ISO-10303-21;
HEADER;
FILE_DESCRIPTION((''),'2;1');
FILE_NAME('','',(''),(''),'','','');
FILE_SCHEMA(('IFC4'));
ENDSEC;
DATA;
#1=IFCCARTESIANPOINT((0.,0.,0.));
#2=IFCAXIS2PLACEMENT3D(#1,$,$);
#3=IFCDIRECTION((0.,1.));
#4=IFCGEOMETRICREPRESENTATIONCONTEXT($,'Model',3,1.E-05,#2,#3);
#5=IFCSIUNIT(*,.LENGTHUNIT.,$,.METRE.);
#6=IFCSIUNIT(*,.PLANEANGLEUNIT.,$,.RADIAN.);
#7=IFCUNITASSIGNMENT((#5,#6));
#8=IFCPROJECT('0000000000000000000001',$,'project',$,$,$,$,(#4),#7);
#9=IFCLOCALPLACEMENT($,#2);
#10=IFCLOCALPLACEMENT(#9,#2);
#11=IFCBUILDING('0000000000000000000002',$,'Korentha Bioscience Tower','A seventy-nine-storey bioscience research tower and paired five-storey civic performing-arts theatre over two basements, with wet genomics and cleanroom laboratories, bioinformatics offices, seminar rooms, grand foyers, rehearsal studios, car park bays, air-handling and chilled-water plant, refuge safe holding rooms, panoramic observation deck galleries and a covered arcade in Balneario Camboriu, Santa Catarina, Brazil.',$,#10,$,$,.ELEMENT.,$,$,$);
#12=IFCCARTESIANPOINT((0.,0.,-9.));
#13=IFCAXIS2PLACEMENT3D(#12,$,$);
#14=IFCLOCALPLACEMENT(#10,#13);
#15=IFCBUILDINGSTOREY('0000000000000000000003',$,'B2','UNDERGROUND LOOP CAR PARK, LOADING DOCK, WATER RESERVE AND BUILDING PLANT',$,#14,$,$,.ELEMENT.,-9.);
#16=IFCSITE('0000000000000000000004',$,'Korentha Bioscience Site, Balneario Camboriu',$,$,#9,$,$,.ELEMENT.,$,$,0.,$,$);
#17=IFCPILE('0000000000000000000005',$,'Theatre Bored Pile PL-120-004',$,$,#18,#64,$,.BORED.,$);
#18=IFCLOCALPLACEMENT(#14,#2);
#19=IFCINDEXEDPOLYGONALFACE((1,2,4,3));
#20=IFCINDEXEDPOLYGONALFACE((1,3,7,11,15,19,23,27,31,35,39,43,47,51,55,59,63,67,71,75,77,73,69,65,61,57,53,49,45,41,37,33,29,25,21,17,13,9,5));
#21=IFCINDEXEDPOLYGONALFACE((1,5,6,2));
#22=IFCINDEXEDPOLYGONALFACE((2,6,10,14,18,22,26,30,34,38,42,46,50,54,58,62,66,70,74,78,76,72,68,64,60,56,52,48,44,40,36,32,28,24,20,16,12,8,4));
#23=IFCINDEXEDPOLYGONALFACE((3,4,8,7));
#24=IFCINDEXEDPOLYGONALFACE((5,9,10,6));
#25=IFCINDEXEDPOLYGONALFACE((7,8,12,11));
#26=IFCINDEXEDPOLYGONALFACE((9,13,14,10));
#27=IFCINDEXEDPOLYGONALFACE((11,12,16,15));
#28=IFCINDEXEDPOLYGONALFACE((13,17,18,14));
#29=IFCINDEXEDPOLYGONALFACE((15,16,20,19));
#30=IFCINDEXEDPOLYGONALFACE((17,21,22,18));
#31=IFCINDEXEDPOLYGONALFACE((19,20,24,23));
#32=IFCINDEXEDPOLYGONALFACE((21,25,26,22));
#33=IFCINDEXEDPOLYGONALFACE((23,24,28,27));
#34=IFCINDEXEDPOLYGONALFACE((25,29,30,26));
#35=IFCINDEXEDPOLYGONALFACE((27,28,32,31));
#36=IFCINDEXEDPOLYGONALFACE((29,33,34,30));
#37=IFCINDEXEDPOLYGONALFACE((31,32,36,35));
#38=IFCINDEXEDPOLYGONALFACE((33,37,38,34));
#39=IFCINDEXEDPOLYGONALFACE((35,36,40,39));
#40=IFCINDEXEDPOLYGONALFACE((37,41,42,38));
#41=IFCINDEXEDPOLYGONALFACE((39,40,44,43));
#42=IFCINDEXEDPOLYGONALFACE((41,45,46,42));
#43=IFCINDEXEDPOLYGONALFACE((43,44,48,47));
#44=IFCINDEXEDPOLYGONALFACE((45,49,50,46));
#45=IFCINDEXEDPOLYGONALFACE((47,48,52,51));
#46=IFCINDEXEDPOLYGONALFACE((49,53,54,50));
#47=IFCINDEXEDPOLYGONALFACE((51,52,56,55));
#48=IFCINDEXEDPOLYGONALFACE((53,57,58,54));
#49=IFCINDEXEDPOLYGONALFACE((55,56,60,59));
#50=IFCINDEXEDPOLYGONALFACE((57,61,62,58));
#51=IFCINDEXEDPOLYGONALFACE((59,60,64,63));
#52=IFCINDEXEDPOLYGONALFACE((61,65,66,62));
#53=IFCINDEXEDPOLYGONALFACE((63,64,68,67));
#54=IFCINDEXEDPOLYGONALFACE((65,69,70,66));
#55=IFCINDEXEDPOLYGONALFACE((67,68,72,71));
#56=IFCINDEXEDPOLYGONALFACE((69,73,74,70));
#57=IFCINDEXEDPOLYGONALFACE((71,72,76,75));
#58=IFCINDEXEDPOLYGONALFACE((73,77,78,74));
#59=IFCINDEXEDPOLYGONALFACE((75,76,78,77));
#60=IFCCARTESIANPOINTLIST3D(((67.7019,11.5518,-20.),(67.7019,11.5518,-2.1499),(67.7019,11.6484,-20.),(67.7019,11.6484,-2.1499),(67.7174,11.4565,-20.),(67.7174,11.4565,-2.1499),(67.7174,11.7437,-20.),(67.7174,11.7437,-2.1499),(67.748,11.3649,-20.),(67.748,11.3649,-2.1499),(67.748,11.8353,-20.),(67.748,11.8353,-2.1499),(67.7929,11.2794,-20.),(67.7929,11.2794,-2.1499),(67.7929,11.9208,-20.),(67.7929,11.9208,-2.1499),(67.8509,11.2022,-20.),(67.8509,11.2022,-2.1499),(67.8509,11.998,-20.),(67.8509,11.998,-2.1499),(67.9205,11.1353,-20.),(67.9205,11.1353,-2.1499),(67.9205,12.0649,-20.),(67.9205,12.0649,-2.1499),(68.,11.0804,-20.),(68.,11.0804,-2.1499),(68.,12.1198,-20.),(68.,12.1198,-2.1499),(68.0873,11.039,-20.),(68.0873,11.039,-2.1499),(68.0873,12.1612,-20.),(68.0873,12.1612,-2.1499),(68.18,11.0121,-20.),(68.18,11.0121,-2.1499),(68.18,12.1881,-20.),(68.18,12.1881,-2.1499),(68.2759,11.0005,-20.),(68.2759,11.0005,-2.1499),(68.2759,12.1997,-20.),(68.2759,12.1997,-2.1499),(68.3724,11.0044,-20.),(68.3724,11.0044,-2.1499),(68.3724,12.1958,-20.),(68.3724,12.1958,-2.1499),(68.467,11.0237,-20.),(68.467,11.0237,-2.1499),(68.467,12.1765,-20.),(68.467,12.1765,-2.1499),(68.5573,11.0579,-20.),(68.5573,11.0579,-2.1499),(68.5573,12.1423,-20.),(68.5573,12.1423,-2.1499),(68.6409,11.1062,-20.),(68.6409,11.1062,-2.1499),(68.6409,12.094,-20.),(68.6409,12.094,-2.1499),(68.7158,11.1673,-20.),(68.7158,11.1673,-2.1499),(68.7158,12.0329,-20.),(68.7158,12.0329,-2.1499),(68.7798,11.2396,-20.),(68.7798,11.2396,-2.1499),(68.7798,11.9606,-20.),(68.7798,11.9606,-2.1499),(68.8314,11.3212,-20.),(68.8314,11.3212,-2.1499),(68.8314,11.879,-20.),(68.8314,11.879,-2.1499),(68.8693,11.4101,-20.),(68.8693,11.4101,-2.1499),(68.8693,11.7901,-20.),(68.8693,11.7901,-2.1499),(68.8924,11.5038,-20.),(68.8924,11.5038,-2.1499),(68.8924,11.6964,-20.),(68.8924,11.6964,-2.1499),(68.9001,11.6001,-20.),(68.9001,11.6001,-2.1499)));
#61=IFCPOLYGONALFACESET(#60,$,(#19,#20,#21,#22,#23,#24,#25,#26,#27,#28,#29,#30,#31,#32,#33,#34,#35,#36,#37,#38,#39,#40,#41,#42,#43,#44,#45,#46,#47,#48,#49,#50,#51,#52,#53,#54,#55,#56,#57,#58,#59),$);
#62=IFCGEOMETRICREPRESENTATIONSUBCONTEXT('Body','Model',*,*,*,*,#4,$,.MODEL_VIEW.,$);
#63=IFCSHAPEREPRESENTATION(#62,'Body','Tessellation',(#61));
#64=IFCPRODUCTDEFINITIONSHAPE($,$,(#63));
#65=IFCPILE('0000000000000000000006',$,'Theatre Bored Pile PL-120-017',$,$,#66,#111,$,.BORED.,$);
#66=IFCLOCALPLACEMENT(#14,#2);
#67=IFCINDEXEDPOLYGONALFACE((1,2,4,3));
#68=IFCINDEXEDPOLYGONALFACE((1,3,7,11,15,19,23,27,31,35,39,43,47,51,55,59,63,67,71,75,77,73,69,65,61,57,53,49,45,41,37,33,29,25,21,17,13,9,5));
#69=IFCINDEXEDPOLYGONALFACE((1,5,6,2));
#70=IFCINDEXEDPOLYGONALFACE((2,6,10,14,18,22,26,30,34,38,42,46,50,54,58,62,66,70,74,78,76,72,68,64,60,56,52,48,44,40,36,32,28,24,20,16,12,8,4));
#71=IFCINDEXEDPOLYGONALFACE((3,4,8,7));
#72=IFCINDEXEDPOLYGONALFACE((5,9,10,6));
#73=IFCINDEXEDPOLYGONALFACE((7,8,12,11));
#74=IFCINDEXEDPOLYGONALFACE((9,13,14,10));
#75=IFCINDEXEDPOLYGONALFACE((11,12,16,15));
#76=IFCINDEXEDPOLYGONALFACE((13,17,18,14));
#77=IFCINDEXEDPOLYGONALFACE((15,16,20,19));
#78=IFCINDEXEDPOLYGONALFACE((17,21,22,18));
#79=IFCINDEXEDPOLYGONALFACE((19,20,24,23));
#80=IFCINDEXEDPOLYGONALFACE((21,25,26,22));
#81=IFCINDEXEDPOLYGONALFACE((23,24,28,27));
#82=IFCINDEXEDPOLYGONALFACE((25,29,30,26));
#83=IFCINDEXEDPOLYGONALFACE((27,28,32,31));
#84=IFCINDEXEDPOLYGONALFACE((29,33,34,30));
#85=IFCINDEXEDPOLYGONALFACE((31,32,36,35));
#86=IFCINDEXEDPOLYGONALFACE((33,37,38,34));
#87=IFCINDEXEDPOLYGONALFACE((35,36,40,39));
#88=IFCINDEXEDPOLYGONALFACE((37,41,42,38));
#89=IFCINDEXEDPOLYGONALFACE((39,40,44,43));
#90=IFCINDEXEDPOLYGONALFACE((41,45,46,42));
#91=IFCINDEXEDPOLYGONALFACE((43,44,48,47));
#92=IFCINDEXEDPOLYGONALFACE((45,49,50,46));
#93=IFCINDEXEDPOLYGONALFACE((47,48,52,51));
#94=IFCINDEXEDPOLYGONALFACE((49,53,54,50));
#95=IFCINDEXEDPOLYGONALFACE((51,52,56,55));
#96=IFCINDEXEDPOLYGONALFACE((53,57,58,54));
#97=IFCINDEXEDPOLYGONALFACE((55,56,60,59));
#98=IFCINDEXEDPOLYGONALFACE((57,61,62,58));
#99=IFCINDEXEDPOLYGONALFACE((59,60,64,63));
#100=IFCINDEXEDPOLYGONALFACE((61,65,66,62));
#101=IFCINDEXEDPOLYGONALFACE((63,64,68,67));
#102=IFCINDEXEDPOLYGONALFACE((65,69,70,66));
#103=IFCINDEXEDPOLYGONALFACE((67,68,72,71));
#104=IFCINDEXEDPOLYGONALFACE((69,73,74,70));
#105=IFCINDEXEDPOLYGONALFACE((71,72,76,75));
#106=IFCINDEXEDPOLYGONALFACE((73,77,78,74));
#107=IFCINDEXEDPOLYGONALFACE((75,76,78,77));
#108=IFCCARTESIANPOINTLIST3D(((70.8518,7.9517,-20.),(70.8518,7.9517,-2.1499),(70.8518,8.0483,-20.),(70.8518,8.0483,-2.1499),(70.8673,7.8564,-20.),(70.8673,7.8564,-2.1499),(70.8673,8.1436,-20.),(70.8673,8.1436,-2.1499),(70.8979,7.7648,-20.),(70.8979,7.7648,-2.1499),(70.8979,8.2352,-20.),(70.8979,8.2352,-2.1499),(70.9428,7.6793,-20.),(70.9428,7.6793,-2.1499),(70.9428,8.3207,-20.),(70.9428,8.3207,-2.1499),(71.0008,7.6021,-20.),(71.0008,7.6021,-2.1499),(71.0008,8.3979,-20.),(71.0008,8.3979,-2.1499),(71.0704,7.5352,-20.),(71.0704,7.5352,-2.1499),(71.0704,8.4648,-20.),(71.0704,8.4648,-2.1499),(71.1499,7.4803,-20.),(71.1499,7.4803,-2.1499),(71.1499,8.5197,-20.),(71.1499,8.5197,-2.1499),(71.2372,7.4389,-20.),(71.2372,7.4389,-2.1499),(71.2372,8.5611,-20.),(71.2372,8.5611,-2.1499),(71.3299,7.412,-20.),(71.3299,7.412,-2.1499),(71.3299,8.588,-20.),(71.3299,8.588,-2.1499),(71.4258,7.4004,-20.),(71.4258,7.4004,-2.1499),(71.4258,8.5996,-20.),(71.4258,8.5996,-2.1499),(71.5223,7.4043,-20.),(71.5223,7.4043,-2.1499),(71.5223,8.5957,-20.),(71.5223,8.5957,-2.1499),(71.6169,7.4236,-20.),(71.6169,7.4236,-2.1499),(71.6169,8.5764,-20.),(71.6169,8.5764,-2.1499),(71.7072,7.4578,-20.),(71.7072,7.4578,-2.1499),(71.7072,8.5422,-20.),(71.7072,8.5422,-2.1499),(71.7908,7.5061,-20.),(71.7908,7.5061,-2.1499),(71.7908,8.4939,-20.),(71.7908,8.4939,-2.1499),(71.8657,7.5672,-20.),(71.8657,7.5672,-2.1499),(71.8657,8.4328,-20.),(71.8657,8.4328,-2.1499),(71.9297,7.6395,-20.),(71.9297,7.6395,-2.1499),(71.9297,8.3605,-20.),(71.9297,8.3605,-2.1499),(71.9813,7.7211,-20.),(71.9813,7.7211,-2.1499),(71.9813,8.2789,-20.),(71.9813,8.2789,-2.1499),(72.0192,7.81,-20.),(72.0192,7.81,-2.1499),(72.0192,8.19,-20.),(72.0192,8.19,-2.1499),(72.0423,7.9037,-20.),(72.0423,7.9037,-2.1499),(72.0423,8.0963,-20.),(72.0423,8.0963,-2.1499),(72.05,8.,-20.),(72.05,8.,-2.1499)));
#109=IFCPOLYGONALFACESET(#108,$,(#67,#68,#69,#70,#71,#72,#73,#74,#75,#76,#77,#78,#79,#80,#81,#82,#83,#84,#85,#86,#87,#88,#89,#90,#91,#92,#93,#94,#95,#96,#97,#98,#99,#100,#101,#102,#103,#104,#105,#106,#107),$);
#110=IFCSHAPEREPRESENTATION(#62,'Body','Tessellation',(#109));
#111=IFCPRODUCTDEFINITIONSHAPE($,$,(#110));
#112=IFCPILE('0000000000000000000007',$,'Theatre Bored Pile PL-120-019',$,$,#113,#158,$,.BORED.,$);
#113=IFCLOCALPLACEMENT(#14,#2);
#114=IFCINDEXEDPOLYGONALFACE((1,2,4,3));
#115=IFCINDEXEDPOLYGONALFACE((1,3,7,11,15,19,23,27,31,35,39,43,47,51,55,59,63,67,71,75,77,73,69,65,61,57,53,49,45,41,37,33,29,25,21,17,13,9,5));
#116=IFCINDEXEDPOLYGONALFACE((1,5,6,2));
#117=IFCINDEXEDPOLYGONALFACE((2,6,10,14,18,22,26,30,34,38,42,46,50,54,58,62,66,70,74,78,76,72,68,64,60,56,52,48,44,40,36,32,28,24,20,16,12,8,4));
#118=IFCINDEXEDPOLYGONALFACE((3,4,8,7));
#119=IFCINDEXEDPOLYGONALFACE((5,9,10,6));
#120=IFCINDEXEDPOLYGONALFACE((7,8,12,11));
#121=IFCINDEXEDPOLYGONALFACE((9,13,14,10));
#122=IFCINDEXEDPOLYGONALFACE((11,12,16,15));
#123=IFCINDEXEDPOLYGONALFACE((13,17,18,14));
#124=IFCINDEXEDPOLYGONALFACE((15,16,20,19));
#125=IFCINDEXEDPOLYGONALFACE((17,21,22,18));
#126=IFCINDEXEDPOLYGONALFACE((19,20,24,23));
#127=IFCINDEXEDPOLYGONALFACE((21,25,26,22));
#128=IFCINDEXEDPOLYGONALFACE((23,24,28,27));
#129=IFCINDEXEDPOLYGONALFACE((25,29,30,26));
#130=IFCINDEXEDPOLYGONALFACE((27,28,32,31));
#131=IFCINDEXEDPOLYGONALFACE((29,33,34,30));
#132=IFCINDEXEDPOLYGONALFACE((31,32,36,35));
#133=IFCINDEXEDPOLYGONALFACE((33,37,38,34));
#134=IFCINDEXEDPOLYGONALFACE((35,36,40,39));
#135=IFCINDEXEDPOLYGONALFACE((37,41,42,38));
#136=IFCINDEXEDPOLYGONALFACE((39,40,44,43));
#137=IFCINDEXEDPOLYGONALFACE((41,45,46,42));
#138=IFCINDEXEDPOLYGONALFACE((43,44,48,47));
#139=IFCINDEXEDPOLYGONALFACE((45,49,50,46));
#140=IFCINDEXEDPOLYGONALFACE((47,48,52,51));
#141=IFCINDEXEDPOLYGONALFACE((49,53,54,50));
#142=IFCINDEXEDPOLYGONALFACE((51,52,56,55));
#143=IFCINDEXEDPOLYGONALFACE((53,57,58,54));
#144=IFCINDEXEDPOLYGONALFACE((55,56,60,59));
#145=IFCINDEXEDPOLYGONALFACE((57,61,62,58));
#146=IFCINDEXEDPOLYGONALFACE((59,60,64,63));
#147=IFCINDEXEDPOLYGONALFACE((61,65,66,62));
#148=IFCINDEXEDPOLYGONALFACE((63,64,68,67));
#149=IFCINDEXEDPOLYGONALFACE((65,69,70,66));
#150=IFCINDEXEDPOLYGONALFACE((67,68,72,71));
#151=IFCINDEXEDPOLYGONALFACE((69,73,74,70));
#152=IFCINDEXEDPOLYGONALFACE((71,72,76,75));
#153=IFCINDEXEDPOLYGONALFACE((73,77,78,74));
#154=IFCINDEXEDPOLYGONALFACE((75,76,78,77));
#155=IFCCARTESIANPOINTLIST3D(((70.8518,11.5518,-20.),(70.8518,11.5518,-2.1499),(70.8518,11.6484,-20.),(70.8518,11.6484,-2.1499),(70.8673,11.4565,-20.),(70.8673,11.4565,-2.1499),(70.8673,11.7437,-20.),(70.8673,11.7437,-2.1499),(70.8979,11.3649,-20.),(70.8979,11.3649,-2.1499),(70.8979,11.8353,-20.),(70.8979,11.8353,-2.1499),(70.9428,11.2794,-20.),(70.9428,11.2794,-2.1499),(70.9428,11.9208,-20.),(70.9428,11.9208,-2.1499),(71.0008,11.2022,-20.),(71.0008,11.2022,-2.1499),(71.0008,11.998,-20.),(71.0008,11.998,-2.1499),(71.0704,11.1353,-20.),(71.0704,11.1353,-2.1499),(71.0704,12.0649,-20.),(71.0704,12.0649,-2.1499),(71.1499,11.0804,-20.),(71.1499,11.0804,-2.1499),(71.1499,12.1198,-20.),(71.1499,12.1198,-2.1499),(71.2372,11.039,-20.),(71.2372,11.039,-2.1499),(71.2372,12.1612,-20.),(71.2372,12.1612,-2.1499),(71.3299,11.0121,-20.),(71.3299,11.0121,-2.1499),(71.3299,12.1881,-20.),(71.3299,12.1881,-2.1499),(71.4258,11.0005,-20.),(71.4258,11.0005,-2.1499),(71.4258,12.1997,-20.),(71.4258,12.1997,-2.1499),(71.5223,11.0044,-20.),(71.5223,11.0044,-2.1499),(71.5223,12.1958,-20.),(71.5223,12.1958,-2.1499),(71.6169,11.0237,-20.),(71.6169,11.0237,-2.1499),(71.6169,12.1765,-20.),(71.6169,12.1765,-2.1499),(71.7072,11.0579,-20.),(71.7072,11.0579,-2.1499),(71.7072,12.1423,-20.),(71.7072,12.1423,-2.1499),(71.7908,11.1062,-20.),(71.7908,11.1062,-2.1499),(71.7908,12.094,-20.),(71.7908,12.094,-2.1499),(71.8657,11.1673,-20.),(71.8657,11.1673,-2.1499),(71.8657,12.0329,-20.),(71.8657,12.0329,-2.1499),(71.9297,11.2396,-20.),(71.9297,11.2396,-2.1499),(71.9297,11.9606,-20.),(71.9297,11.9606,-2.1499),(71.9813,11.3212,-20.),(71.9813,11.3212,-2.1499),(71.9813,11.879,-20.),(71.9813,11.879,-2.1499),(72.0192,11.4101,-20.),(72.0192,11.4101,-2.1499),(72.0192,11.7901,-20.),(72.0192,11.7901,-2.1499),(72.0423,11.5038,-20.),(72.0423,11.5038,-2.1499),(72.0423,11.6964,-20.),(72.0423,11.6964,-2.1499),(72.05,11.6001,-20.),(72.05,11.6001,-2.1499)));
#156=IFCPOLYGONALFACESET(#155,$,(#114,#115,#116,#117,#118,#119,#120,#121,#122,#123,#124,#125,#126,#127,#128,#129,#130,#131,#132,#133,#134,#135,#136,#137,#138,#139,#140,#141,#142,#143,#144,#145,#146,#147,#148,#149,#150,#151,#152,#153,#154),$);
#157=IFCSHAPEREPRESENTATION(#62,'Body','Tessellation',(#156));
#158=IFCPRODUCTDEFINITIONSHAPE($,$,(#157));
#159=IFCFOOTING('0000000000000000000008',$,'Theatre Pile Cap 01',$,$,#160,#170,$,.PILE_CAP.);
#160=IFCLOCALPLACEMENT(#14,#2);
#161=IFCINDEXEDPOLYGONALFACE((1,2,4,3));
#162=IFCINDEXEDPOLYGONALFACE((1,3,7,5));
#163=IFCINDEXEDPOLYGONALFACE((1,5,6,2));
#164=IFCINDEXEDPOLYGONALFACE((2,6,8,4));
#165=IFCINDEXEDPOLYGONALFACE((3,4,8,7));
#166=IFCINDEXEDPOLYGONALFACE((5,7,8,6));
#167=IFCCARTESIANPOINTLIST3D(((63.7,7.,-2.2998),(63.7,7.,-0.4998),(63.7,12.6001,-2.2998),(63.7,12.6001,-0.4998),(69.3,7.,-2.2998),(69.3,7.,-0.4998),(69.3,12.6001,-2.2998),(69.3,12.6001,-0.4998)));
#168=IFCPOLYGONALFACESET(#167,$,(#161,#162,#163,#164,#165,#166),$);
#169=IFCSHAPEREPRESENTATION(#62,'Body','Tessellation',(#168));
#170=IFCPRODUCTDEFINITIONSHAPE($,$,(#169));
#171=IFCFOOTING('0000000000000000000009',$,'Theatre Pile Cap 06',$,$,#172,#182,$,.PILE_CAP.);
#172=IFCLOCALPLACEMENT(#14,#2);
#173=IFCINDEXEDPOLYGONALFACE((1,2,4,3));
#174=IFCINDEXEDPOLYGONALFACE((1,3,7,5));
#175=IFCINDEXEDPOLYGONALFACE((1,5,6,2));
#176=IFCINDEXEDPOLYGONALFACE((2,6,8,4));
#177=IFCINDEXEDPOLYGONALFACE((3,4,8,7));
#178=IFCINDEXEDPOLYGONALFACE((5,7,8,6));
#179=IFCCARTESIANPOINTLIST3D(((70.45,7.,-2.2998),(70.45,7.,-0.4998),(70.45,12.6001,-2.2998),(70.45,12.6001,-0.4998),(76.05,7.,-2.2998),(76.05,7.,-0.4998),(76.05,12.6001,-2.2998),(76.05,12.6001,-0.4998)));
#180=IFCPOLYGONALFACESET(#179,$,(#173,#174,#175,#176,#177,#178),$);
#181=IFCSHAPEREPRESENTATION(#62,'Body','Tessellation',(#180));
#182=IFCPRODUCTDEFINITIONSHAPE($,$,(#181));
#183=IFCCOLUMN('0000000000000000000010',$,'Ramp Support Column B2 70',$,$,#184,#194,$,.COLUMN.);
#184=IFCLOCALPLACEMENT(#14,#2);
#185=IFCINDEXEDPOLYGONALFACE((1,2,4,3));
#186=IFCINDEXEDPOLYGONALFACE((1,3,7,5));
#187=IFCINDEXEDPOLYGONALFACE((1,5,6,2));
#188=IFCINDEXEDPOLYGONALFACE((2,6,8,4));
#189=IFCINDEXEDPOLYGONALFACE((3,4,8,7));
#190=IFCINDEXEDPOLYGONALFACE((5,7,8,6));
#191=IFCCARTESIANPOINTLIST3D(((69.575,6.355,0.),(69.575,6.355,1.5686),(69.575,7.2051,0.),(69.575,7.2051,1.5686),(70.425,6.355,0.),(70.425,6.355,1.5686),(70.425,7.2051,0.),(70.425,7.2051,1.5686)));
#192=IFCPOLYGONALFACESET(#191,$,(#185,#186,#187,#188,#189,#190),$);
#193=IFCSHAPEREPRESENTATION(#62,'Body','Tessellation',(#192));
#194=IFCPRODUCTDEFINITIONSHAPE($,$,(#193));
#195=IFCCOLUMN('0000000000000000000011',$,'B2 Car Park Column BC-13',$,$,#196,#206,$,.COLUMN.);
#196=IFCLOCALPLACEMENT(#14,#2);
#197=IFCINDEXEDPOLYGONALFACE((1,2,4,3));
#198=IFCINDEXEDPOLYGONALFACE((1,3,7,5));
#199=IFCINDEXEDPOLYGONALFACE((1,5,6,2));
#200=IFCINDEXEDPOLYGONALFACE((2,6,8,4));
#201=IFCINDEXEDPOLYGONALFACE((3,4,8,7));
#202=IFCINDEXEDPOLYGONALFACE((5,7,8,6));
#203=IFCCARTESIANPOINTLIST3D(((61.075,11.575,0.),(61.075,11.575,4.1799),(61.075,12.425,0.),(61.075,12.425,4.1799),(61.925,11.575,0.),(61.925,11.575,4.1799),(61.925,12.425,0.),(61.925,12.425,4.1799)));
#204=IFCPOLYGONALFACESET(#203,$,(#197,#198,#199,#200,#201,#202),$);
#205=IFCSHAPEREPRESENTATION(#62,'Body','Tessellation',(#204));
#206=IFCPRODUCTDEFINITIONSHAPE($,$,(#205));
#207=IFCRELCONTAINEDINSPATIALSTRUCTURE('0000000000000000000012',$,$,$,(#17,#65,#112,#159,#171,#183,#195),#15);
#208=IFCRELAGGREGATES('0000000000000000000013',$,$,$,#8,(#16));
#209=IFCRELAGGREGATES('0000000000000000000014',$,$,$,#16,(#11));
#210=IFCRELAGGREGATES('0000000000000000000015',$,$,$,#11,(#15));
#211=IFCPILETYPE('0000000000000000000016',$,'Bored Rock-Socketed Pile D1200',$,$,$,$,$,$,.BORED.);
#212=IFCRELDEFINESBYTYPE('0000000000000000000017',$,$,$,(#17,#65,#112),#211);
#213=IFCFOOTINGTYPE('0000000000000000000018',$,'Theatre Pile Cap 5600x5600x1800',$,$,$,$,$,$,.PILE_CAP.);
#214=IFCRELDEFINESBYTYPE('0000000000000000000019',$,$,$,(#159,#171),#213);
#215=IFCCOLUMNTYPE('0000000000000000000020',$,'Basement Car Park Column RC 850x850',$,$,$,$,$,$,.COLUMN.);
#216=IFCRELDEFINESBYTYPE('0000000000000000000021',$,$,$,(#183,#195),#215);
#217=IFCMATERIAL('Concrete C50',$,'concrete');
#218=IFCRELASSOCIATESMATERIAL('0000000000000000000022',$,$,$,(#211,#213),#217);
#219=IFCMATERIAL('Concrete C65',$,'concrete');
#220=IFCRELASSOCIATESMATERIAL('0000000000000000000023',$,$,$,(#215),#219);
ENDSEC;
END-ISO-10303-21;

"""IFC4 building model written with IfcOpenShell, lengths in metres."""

from ifc_helpers import new_model, si_unit, direction, frame, origin, origin_2d, place, context, subcontext, project, spatial, rectangle, circle, extrude, material, material_profile, profile_set, type_object, element, save


model = new_model("IFC4")

# Units and contexts
model_context = context("Model", 3, precision=1e-05, world=origin(), true_north=direction((0.0, 1.0)))
body_context = subcontext(model_context, "Body", "Model", "MODEL_VIEW")
ifc_project = project(units=[si_unit("LENGTHUNIT", "METRE"), si_unit("PLANEANGLEUNIT", "RADIAN")], contexts=[model_context])

# Site, building, storey
site_placement = place(None, origin())
site = spatial("IfcSite", under=ifc_project, at=site_placement, Name="Korentha Bioscience Site, Balneario Camboriu", CompositionType="ELEMENT", RefElevation=0.0)
building_placement = place(site_placement, origin())
building = spatial("IfcBuilding", under=site, at=building_placement, Name="Korentha Bioscience Tower", Description="A seventy-nine-storey bioscience research tower and paired five-storey civic performing-arts theatre over two basements, with wet genomics and cleanroom laboratories, bioinformatics offices, seminar rooms, grand foyers, rehearsal studios, car park bays, air-handling and chilled-water plant, refuge safe holding rooms, panoramic observation deck galleries and a covered arcade in Balneario Camboriu, Santa Catarina, Brazil.", CompositionType="ELEMENT")
storey_placement = place(building_placement, frame((0.0, 0.0, -9.0)))
storey = spatial("IfcBuildingStorey", under=building, at=storey_placement, Name="B2", Description="UNDERGROUND LOOP CAR PARK, LOADING DOCK, WATER RESERVE AND BUILDING PLANT", CompositionType="ELEMENT", Elevation=-9.0)

# Shared definitions
ifc_material_1 = material(Name="Concrete C50", Category="concrete")

# Piles
ifc_material_profile_1 = material_profile(ifc_material_1, circle(Radius=0.6001, at=origin_2d()), Name="Concrete C50")
ifc_profile_set_1 = profile_set([ifc_material_profile_1], Name="Concrete C50 (PL-120)")
pile_type = type_object("IfcPileType", Name="Bored Rock-Socketed Pile D1200", PredefinedType="BORED", material=ifc_profile_set_1)
for number, where, z_axis, x_axis, name in (
    (1, (68.3, 11.6001, -2.1499), (0.0, 0.0, -1.0), (1.0, 0.0, 0.0), "Theatre Bored Pile PL-120-004"),
    (2, (71.45, 8.0, -2.1499), (0.0, 0.0, -1.0), (1.0, 0.0, 0.0), "Theatre Bored Pile PL-120-017"),
    (3, (71.45, 11.6001, -2.1499), (0.0, 0.0, -1.0), (1.0, 0.0, 0.0), "Theatre Bored Pile PL-120-019"),
):
    element("IfcPile", number, at=place(storey_placement, frame(where, z_axis=z_axis, x_axis=x_axis)), inside=storey, type_object=pile_type, Name=name, PredefinedType="BORED", context=body_context, shape_type="SweptSolid", body=[
        extrude(circle(Radius=0.6001, at=origin_2d()), origin(), (0.0, 0.0, 1.0), 17.8501),
    ])

# Footings
footing_type_1 = type_object("IfcFootingType", Name="Theatre Pile Cap 5600x5600x1800", PredefinedType="PILE_CAP", material=ifc_material_1)
for number, where, z_axis, x_axis, name in (
    (4, (66.5, 9.8, -2.2998), (0.0, 0.0, 1.0), (1.0, 0.0, 0.0), "Theatre Pile Cap 01"),
    (5, (73.25, 9.8, -2.2998), (0.0, 0.0, 1.0), (1.0, 0.0, 0.0), "Theatre Pile Cap 06"),
):
    element("IfcFooting", number, at=place(storey_placement, frame(where, z_axis=z_axis, x_axis=x_axis)), inside=storey, type_object=footing_type_1, Name=name, PredefinedType="PILE_CAP", context=body_context, shape_type="SweptSolid", body=[
        extrude(rectangle(XDim=5.6001, YDim=5.6001, at=origin_2d()), origin(), (0.0, 0.0, 1.0), 1.8),
    ])

# Columns
ifc_material_2 = material(Name="Concrete C65", Category="concrete")
ifc_material_profile_2 = material_profile(ifc_material_2, rectangle(XDim=0.8501, YDim=0.8501, at=origin_2d()), Name="Concrete C65")
ifc_profile_set_2 = profile_set([ifc_material_profile_2], Name="Concrete C65 (BC-01)")
column_type_1 = type_object("IfcColumnType", Name="Basement Car Park Column RC 850x850", PredefinedType="COLUMN", material=ifc_profile_set_2)
column_1_placement = place(storey_placement, frame((70.0, 6.78, 0.0), z_axis=(0.0, 0.0, 1.0), x_axis=(1.0, 0.0, 0.0)))
element("IfcColumn", 6, at=column_1_placement, inside=storey, type_object=column_type_1, Name="Ramp Support Column B2 70", PredefinedType="COLUMN", context=body_context, shape_type="SweptSolid", body=[
    extrude(rectangle(XDim=0.8501, YDim=0.8501, at=origin_2d()), origin(), (0.0, 0.0, 1.0), 1.5686),
])
column_2_placement = place(storey_placement, frame((61.5, 12.0, 0.0), z_axis=(0.0, 0.0, 1.0), x_axis=(1.0, 0.0, 0.0)))
element("IfcColumn", 7, at=column_2_placement, inside=storey, type_object=column_type_1, Name="B2 Car Park Column BC-13", PredefinedType="COLUMN", context=body_context, shape_type="SweptSolid", body=[
    extrude(rectangle(XDim=0.8501, YDim=0.8501, at=origin_2d()), origin(), (0.0, 0.0, 1.0), 4.1799),
])

save(model, "model.ifc")
